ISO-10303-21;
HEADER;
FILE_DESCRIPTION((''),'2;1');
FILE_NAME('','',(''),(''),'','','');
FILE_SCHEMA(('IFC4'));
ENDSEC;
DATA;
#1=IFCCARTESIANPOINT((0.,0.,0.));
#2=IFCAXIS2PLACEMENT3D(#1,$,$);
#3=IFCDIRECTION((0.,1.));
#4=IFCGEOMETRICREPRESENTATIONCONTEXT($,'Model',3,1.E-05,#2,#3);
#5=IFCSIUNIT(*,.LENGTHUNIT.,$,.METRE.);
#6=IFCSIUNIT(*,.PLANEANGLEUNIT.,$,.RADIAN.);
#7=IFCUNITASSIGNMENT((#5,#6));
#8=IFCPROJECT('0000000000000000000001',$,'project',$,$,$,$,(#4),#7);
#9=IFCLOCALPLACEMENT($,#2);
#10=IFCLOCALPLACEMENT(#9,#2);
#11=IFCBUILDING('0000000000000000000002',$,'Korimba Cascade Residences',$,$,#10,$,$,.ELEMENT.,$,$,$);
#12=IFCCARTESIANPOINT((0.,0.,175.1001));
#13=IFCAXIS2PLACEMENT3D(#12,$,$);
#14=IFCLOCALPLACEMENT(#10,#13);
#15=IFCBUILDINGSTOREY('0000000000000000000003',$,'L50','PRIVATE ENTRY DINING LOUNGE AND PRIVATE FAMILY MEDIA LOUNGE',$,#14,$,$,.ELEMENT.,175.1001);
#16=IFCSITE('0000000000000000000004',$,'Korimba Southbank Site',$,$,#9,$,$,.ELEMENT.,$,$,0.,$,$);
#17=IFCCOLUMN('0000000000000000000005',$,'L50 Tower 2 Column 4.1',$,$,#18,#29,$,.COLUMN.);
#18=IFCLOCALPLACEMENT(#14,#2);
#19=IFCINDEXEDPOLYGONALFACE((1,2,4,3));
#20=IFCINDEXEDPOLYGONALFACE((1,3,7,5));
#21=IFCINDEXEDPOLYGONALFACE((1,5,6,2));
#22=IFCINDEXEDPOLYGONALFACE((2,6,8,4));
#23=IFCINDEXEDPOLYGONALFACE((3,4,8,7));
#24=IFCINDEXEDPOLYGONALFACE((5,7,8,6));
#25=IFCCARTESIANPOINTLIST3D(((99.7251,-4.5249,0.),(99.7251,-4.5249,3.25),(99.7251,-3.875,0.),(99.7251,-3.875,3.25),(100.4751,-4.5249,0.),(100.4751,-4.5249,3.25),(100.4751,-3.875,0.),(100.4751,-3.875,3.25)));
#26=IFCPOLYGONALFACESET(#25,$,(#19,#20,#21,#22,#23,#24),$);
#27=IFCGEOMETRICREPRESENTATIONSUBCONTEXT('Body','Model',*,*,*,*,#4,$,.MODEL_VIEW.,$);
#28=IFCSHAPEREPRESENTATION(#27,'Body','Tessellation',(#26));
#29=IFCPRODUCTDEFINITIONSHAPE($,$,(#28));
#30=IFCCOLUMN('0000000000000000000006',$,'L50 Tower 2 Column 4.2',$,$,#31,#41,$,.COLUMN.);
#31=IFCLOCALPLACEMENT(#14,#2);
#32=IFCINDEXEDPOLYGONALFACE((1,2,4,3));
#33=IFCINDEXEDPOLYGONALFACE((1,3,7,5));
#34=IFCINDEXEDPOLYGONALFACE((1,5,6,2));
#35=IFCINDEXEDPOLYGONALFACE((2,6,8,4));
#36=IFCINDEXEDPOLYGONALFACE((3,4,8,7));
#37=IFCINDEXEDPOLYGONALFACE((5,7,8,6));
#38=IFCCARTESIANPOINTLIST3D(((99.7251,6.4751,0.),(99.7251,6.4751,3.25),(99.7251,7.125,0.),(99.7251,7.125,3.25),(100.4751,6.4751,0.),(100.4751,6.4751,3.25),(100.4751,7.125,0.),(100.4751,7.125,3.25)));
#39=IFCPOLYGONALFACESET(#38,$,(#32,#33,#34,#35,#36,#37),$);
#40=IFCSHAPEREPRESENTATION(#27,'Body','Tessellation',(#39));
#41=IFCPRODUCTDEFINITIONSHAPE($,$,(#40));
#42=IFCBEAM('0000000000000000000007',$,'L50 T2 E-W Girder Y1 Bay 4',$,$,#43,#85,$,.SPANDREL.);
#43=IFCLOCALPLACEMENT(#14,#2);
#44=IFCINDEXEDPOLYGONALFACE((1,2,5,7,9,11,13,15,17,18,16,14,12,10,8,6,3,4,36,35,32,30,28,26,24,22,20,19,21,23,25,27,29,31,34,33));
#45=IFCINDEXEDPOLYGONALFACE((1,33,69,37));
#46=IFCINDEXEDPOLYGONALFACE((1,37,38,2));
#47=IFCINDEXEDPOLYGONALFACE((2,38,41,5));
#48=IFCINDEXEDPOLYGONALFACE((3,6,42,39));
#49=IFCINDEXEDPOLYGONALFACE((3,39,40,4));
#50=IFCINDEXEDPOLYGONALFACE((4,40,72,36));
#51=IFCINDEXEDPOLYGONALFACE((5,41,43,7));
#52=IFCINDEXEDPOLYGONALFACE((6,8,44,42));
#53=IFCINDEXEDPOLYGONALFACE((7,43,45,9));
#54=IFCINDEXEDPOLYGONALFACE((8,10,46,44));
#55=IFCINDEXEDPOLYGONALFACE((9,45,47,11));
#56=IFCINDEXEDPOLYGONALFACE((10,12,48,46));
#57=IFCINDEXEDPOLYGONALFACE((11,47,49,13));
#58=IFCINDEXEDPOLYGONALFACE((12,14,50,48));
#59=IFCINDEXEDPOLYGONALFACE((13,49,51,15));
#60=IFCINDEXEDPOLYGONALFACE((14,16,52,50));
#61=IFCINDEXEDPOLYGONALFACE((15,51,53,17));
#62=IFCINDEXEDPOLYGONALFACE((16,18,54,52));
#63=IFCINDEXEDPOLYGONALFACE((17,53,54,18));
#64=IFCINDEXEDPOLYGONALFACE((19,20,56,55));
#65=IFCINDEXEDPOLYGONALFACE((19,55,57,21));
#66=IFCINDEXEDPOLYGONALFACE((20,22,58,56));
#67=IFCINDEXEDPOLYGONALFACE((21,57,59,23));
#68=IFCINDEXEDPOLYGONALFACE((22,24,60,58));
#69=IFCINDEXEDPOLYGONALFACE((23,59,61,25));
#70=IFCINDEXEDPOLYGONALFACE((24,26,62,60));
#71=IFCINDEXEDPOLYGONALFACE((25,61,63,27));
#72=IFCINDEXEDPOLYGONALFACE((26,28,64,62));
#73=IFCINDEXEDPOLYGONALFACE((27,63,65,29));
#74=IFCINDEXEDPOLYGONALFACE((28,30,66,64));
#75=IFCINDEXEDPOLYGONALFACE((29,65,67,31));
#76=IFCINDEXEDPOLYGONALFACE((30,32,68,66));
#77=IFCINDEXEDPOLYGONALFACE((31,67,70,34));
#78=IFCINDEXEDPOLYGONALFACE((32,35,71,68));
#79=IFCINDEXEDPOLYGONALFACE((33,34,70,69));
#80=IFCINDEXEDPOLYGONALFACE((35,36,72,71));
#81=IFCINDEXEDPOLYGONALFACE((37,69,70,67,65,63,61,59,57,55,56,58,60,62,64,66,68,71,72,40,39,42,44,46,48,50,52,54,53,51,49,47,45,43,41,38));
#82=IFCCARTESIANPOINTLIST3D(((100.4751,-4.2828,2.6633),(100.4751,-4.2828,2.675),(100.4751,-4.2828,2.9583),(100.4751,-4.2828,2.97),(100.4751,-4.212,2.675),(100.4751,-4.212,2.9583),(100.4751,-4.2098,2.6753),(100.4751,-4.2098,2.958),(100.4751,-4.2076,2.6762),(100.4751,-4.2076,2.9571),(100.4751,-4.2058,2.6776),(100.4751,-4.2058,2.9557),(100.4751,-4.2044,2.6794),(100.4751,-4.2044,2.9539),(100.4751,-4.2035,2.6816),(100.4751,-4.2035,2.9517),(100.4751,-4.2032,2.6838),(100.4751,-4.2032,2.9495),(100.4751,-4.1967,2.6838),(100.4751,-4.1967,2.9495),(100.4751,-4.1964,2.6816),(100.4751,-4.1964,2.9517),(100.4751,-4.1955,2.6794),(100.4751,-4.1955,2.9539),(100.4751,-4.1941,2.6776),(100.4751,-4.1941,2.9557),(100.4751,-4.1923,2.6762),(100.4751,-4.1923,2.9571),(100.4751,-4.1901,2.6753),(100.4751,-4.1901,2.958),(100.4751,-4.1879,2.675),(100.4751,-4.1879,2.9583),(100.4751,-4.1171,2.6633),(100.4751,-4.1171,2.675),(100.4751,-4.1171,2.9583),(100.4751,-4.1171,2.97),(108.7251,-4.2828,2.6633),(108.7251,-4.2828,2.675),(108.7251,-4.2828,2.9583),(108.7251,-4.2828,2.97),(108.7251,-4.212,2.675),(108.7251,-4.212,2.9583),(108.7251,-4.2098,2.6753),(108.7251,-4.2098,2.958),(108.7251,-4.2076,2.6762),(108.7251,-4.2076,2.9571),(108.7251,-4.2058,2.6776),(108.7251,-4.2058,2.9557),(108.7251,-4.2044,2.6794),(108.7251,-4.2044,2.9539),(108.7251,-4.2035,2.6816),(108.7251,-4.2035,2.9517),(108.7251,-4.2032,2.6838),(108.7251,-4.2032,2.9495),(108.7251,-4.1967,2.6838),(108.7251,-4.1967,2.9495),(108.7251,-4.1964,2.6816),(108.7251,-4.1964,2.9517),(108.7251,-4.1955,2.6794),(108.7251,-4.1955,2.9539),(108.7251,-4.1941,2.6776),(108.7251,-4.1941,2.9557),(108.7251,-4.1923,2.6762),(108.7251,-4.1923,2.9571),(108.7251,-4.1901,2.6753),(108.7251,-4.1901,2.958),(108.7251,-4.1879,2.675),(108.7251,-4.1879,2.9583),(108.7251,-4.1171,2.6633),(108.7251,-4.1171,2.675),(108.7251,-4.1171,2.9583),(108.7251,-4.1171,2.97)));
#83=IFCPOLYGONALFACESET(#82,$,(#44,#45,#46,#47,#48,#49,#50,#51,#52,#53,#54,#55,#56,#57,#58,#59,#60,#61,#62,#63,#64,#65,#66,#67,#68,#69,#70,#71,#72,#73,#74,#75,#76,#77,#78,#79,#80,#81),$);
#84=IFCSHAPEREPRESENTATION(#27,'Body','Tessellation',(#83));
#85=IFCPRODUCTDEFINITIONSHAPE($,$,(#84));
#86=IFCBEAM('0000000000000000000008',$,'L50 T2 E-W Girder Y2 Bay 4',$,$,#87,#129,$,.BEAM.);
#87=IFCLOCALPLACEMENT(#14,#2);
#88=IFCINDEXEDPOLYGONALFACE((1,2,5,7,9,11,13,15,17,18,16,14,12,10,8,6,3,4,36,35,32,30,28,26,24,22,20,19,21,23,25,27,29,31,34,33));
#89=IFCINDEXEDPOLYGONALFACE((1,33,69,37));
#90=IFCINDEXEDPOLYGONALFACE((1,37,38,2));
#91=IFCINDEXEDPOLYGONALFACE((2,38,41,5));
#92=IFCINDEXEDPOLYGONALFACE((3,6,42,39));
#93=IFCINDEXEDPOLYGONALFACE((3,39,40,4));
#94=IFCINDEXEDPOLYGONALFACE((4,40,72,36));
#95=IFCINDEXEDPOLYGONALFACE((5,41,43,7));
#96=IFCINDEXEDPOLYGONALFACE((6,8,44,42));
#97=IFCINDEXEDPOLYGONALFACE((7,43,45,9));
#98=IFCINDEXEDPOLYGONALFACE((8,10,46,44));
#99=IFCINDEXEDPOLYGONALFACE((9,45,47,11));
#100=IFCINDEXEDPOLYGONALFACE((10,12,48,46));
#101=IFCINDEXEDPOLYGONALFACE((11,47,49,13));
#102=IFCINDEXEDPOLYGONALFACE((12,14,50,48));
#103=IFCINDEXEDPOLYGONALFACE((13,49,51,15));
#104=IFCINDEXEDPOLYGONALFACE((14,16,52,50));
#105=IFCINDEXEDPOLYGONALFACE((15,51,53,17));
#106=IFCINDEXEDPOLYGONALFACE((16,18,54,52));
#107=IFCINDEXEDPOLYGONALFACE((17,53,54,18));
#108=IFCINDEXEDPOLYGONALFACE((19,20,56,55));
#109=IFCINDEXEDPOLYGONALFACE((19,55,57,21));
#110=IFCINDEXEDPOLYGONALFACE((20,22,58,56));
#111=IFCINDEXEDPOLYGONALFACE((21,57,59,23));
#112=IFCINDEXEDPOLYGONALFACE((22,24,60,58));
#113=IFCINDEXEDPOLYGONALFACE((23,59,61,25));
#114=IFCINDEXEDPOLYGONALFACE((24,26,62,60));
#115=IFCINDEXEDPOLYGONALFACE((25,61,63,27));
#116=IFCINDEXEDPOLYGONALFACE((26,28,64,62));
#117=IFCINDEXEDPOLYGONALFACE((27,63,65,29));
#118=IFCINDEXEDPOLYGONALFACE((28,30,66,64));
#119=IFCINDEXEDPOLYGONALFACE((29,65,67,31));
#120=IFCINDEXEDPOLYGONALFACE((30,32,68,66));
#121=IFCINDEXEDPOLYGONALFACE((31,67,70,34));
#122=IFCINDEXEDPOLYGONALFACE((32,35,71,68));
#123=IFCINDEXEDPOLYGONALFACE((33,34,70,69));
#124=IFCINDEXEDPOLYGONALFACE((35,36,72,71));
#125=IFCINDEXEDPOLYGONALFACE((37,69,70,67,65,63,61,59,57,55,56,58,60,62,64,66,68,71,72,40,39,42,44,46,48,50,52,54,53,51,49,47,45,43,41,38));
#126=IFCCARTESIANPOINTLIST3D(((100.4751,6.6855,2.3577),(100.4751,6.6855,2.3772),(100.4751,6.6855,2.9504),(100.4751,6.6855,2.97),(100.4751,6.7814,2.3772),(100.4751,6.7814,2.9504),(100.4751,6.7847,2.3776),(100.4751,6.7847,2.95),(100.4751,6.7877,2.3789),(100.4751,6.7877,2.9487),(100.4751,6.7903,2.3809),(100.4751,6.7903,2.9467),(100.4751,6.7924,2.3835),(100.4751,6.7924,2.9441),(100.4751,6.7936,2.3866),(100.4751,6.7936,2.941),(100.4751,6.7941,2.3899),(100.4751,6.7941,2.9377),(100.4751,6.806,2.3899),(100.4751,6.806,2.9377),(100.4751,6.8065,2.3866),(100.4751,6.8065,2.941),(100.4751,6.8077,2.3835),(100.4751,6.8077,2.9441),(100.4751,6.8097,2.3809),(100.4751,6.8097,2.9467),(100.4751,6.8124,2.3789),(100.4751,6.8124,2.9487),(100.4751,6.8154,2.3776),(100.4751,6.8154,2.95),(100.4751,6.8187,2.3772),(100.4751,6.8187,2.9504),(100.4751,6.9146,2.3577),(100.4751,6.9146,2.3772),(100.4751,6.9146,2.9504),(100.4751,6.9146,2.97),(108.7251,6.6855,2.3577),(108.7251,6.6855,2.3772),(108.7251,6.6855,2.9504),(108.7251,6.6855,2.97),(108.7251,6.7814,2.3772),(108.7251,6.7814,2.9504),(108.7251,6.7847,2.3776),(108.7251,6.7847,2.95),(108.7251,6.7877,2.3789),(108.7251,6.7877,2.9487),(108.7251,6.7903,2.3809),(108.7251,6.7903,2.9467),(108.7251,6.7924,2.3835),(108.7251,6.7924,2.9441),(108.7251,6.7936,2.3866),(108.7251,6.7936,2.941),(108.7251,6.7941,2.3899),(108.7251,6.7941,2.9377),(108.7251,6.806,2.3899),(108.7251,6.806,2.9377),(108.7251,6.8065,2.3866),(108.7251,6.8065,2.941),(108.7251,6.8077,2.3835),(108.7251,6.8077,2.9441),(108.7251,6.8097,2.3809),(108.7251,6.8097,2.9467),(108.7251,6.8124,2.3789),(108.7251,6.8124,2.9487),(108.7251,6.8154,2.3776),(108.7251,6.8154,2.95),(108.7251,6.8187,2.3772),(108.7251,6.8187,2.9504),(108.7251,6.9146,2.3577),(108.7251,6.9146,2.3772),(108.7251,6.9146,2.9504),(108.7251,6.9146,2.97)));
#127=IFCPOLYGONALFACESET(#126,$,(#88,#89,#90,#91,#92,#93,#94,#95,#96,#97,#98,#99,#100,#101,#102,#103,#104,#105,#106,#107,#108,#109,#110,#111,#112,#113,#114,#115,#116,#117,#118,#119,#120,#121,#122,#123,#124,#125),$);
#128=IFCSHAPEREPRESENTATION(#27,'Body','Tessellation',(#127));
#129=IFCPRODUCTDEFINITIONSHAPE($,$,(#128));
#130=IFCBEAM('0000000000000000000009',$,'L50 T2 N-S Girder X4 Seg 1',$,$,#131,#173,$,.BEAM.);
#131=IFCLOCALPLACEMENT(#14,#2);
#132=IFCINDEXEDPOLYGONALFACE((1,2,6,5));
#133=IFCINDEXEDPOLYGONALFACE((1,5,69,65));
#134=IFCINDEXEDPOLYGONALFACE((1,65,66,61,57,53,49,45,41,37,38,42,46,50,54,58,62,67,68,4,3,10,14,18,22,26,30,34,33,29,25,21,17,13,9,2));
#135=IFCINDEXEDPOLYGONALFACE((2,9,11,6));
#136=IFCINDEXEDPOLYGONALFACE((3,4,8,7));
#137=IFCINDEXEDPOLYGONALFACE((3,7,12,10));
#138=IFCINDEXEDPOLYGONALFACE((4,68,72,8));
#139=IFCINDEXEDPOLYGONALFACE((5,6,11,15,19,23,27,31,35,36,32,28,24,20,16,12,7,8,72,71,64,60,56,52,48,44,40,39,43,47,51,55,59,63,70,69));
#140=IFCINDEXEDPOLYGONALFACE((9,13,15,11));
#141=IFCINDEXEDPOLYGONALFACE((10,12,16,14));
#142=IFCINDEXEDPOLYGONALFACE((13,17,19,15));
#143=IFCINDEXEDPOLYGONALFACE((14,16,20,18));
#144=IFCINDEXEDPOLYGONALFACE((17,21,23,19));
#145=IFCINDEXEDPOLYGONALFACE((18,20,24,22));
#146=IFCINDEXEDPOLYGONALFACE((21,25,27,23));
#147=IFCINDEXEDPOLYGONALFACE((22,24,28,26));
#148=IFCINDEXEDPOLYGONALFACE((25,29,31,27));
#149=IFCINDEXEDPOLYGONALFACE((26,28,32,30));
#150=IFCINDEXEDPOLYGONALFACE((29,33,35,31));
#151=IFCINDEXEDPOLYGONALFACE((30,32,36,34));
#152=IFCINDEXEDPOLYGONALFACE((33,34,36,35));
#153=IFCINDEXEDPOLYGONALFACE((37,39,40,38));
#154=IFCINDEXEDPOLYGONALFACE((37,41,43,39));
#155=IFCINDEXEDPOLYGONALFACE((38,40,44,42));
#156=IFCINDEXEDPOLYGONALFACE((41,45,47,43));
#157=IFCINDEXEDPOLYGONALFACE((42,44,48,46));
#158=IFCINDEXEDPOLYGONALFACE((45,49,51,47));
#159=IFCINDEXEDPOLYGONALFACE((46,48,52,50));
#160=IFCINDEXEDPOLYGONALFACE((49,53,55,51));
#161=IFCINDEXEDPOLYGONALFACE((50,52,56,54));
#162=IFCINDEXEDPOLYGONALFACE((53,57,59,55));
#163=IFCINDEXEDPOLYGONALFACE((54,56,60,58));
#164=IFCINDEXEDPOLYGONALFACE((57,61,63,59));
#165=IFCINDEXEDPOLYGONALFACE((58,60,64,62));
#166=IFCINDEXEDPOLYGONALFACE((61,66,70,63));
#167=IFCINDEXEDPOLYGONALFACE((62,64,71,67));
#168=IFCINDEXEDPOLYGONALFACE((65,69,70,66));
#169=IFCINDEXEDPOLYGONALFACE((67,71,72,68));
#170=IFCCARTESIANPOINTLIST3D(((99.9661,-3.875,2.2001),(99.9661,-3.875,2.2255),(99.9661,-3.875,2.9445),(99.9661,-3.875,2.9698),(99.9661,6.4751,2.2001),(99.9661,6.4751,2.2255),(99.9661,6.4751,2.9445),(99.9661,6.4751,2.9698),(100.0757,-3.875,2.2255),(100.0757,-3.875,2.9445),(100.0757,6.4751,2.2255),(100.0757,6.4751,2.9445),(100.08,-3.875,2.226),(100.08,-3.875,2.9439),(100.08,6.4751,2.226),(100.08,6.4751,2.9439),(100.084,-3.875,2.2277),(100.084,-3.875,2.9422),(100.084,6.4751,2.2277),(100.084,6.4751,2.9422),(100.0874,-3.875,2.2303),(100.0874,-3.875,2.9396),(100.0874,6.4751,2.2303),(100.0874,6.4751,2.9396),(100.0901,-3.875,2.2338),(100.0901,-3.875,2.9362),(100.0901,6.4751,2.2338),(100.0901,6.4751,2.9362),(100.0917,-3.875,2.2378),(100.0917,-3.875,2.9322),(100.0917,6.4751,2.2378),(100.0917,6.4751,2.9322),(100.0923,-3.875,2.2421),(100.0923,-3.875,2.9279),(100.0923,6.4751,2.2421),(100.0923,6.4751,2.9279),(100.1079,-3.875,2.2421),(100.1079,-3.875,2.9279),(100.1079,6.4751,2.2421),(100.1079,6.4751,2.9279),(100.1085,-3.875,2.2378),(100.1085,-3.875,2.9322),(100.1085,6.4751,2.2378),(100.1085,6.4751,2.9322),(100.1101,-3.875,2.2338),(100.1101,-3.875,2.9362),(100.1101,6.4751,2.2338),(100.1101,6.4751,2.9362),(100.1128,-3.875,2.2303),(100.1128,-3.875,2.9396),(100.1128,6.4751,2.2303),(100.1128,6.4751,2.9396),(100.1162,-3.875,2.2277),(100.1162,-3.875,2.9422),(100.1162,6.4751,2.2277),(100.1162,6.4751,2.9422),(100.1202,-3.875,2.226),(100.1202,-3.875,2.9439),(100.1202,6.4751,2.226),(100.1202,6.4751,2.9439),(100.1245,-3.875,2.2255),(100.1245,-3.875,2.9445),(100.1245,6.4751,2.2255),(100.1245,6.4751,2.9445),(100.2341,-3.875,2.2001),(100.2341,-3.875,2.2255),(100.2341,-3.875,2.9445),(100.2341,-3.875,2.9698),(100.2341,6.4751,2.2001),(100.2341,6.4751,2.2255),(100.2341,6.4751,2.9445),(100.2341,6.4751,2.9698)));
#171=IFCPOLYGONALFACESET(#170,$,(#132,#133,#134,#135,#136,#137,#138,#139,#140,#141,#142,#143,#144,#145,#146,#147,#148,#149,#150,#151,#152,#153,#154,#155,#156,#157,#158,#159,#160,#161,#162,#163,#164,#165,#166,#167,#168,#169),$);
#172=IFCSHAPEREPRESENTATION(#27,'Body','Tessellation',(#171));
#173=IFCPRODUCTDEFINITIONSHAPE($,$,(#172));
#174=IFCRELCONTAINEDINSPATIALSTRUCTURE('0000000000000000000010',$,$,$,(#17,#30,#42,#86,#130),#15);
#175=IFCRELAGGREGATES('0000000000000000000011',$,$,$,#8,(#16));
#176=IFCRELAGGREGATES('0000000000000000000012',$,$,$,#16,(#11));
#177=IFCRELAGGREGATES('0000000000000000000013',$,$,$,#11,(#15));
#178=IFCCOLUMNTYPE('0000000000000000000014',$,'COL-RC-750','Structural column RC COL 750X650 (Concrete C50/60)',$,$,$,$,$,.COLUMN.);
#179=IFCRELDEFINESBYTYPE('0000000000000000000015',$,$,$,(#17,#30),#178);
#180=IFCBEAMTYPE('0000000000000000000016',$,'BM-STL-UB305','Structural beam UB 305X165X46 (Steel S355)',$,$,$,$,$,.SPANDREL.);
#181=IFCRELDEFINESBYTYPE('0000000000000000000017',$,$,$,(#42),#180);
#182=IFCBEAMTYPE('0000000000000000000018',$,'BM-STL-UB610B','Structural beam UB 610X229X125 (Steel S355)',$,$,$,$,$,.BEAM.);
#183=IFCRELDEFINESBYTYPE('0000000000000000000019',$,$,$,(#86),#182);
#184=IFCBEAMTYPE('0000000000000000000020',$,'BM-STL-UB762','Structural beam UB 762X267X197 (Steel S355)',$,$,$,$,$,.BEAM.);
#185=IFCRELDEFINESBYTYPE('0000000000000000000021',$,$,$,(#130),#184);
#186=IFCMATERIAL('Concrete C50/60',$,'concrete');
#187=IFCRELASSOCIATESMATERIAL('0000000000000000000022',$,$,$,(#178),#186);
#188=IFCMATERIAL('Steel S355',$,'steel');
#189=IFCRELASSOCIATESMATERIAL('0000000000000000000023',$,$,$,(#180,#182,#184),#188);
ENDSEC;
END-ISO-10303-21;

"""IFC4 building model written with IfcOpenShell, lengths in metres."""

from ifc_helpers import new_model, si_unit, direction, frame, origin, origin_2d, place, context, subcontext, project, spatial, rectangle, i_section, extrude, material, material_profile, profile_set, type_object, element, save


model = new_model("IFC4")

# Units and contexts
model_context = context("Model", 3, precision=1e-05, world=origin(), true_north=direction((0.0, 1.0)))
body_context = subcontext(model_context, "Body", "Model", "MODEL_VIEW")
ifc_project = project(units=[si_unit("LENGTHUNIT", "METRE"), si_unit("PLANEANGLEUNIT", "RADIAN")], contexts=[model_context])

# Site, building, storey
site_placement = place(None, origin())
site = spatial("IfcSite", under=ifc_project, at=site_placement, Name="Korimba Southbank Site", CompositionType="ELEMENT", RefElevation=0.0)
building_placement = place(site_placement, origin())
building = spatial("IfcBuilding", under=site, at=building_placement, Name="Korimba Cascade Residences", CompositionType="ELEMENT")
storey_placement = place(building_placement, frame((0.0, 0.0, 175.1001)))
storey = spatial("IfcBuildingStorey", under=building, at=storey_placement, Name="L50", Description="PRIVATE ENTRY DINING LOUNGE AND PRIVATE FAMILY MEDIA LOUNGE", CompositionType="ELEMENT", Elevation=175.1001)

# Columns
ifc_material_1 = material(Name="Concrete C50/60", Category="concrete")
ifc_material_profile_1 = material_profile(ifc_material_1, rectangle(XDim=0.75, YDim=0.6499, at=origin_2d()), Name="Concrete C50/60")
ifc_profile_set_1 = profile_set([ifc_material_profile_1], Name="Concrete C50/60")
column_type = type_object("IfcColumnType", Name="COL-RC-750", Description="Structural column RC COL 750X650 (Concrete C50/60)", PredefinedType="COLUMN", material=ifc_profile_set_1)
for number, where, z_axis, x_axis, name in (
    (1, (100.1001, -4.2, 0.0), (0.0, 0.0, 1.0), (1.0, 0.0, 0.0), "L50 Tower 2 Column 4.1"),
    (2, (100.1001, 6.8, 0.0), (0.0, 0.0, 1.0), (1.0, 0.0, 0.0), "L50 Tower 2 Column 4.2"),
):
    element("IfcColumn", number, at=place(storey_placement, frame(where, z_axis=z_axis, x_axis=x_axis)), inside=storey, type_object=column_type, Name=name, PredefinedType="COLUMN", context=body_context, shape_type="SweptSolid", body=[
        extrude(rectangle(XDim=0.75, YDim=0.6499, at=origin_2d()), origin(), (0.0, 0.0, 1.0), 3.25),
    ])

# Beams
ifc_material_2 = material(Name="Steel S355", Category="steel")
ifc_material_profile_2 = material_profile(ifc_material_2, i_section(OverallWidth=0.1658, OverallDepth=0.3066, WebThickness=0.0066, FlangeThickness=0.0117, FilletRadius=0.0088, at=origin_2d()), Name="Steel S355")
ifc_profile_set_2 = profile_set([ifc_material_profile_2], Name="Steel S355")
beam_type_1 = type_object("IfcBeamType", Name="BM-STL-UB305", Description="Structural beam UB 305X165X46 (Steel S355)", PredefinedType="SPANDREL", material=ifc_profile_set_2)
beam_1_placement = place(storey_placement, frame((100.4751, -4.2, 2.8167), z_axis=(1.0, 0.0, 0.0), x_axis=(0.0, 1.0, 0.0)))
element("IfcBeam", 3, at=beam_1_placement, inside=storey, type_object=beam_type_1, Name="L50 T2 E-W Girder Y1 Bay 4", PredefinedType="SPANDREL", context=body_context, shape_type="SweptSolid", body=[
    extrude(i_section(OverallWidth=0.1658, OverallDepth=0.3066, WebThickness=0.0066, FlangeThickness=0.0117, FilletRadius=0.0088, at=origin_2d()), origin(), (0.0, 0.0, 1.0), 8.25),
])
ifc_material_profile_3 = material_profile(ifc_material_2, i_section(OverallWidth=0.229, OverallDepth=0.6123, WebThickness=0.012, FlangeThickness=0.0195, FilletRadius=0.0127, at=origin_2d()), Name="Steel S355")
ifc_profile_set_3 = profile_set([ifc_material_profile_3], Name="Steel S355")
beam_type_2 = type_object("IfcBeamType", Name="BM-STL-UB610B", Description="Structural beam UB 610X229X125 (Steel S355)", PredefinedType="BEAM", material=ifc_profile_set_3)
beam_2_placement = place(storey_placement, frame((100.4751, 6.8, 2.6638), z_axis=(1.0, 0.0, 0.0), x_axis=(0.0, 1.0, 0.0)))
element("IfcBeam", 4, at=beam_2_placement, inside=storey, type_object=beam_type_2, Name="L50 T2 E-W Girder Y2 Bay 4", PredefinedType="BEAM", context=body_context, shape_type="SweptSolid", body=[
    extrude(i_section(OverallWidth=0.229, OverallDepth=0.6123, WebThickness=0.012, FlangeThickness=0.0195, FilletRadius=0.0127, at=origin_2d()), origin(), (0.0, 0.0, 1.0), 8.25),
])
ifc_material_profile_4 = material_profile(ifc_material_2, i_section(OverallWidth=0.2681, OverallDepth=0.7698, WebThickness=0.0156, FlangeThickness=0.0254, FilletRadius=0.0166, at=origin_2d()), Name="Steel S355")
ifc_profile_set_4 = profile_set([ifc_material_profile_4], Name="Steel S355")
beam_type_3 = type_object("IfcBeamType", Name="BM-STL-UB762", Description="Structural beam UB 762X267X197 (Steel S355)", PredefinedType="BEAM", material=ifc_profile_set_4)
beam_3_placement = place(storey_placement, frame((100.1001, -3.875, 2.585), z_axis=(0.0, 1.0, 0.0), x_axis=(-1.0, 0.0, 0.0)))
element("IfcBeam", 5, at=beam_3_placement, inside=storey, type_object=beam_type_3, Name="L50 T2 N-S Girder X4 Seg 1", PredefinedType="BEAM", context=body_context, shape_type="SweptSolid", body=[
    extrude(i_section(OverallWidth=0.2681, OverallDepth=0.7698, WebThickness=0.0156, FlangeThickness=0.0254, FilletRadius=0.0166, at=origin_2d()), origin(), (0.0, 0.0, 1.0), 10.3501),
])

save(model, "model.ifc")
